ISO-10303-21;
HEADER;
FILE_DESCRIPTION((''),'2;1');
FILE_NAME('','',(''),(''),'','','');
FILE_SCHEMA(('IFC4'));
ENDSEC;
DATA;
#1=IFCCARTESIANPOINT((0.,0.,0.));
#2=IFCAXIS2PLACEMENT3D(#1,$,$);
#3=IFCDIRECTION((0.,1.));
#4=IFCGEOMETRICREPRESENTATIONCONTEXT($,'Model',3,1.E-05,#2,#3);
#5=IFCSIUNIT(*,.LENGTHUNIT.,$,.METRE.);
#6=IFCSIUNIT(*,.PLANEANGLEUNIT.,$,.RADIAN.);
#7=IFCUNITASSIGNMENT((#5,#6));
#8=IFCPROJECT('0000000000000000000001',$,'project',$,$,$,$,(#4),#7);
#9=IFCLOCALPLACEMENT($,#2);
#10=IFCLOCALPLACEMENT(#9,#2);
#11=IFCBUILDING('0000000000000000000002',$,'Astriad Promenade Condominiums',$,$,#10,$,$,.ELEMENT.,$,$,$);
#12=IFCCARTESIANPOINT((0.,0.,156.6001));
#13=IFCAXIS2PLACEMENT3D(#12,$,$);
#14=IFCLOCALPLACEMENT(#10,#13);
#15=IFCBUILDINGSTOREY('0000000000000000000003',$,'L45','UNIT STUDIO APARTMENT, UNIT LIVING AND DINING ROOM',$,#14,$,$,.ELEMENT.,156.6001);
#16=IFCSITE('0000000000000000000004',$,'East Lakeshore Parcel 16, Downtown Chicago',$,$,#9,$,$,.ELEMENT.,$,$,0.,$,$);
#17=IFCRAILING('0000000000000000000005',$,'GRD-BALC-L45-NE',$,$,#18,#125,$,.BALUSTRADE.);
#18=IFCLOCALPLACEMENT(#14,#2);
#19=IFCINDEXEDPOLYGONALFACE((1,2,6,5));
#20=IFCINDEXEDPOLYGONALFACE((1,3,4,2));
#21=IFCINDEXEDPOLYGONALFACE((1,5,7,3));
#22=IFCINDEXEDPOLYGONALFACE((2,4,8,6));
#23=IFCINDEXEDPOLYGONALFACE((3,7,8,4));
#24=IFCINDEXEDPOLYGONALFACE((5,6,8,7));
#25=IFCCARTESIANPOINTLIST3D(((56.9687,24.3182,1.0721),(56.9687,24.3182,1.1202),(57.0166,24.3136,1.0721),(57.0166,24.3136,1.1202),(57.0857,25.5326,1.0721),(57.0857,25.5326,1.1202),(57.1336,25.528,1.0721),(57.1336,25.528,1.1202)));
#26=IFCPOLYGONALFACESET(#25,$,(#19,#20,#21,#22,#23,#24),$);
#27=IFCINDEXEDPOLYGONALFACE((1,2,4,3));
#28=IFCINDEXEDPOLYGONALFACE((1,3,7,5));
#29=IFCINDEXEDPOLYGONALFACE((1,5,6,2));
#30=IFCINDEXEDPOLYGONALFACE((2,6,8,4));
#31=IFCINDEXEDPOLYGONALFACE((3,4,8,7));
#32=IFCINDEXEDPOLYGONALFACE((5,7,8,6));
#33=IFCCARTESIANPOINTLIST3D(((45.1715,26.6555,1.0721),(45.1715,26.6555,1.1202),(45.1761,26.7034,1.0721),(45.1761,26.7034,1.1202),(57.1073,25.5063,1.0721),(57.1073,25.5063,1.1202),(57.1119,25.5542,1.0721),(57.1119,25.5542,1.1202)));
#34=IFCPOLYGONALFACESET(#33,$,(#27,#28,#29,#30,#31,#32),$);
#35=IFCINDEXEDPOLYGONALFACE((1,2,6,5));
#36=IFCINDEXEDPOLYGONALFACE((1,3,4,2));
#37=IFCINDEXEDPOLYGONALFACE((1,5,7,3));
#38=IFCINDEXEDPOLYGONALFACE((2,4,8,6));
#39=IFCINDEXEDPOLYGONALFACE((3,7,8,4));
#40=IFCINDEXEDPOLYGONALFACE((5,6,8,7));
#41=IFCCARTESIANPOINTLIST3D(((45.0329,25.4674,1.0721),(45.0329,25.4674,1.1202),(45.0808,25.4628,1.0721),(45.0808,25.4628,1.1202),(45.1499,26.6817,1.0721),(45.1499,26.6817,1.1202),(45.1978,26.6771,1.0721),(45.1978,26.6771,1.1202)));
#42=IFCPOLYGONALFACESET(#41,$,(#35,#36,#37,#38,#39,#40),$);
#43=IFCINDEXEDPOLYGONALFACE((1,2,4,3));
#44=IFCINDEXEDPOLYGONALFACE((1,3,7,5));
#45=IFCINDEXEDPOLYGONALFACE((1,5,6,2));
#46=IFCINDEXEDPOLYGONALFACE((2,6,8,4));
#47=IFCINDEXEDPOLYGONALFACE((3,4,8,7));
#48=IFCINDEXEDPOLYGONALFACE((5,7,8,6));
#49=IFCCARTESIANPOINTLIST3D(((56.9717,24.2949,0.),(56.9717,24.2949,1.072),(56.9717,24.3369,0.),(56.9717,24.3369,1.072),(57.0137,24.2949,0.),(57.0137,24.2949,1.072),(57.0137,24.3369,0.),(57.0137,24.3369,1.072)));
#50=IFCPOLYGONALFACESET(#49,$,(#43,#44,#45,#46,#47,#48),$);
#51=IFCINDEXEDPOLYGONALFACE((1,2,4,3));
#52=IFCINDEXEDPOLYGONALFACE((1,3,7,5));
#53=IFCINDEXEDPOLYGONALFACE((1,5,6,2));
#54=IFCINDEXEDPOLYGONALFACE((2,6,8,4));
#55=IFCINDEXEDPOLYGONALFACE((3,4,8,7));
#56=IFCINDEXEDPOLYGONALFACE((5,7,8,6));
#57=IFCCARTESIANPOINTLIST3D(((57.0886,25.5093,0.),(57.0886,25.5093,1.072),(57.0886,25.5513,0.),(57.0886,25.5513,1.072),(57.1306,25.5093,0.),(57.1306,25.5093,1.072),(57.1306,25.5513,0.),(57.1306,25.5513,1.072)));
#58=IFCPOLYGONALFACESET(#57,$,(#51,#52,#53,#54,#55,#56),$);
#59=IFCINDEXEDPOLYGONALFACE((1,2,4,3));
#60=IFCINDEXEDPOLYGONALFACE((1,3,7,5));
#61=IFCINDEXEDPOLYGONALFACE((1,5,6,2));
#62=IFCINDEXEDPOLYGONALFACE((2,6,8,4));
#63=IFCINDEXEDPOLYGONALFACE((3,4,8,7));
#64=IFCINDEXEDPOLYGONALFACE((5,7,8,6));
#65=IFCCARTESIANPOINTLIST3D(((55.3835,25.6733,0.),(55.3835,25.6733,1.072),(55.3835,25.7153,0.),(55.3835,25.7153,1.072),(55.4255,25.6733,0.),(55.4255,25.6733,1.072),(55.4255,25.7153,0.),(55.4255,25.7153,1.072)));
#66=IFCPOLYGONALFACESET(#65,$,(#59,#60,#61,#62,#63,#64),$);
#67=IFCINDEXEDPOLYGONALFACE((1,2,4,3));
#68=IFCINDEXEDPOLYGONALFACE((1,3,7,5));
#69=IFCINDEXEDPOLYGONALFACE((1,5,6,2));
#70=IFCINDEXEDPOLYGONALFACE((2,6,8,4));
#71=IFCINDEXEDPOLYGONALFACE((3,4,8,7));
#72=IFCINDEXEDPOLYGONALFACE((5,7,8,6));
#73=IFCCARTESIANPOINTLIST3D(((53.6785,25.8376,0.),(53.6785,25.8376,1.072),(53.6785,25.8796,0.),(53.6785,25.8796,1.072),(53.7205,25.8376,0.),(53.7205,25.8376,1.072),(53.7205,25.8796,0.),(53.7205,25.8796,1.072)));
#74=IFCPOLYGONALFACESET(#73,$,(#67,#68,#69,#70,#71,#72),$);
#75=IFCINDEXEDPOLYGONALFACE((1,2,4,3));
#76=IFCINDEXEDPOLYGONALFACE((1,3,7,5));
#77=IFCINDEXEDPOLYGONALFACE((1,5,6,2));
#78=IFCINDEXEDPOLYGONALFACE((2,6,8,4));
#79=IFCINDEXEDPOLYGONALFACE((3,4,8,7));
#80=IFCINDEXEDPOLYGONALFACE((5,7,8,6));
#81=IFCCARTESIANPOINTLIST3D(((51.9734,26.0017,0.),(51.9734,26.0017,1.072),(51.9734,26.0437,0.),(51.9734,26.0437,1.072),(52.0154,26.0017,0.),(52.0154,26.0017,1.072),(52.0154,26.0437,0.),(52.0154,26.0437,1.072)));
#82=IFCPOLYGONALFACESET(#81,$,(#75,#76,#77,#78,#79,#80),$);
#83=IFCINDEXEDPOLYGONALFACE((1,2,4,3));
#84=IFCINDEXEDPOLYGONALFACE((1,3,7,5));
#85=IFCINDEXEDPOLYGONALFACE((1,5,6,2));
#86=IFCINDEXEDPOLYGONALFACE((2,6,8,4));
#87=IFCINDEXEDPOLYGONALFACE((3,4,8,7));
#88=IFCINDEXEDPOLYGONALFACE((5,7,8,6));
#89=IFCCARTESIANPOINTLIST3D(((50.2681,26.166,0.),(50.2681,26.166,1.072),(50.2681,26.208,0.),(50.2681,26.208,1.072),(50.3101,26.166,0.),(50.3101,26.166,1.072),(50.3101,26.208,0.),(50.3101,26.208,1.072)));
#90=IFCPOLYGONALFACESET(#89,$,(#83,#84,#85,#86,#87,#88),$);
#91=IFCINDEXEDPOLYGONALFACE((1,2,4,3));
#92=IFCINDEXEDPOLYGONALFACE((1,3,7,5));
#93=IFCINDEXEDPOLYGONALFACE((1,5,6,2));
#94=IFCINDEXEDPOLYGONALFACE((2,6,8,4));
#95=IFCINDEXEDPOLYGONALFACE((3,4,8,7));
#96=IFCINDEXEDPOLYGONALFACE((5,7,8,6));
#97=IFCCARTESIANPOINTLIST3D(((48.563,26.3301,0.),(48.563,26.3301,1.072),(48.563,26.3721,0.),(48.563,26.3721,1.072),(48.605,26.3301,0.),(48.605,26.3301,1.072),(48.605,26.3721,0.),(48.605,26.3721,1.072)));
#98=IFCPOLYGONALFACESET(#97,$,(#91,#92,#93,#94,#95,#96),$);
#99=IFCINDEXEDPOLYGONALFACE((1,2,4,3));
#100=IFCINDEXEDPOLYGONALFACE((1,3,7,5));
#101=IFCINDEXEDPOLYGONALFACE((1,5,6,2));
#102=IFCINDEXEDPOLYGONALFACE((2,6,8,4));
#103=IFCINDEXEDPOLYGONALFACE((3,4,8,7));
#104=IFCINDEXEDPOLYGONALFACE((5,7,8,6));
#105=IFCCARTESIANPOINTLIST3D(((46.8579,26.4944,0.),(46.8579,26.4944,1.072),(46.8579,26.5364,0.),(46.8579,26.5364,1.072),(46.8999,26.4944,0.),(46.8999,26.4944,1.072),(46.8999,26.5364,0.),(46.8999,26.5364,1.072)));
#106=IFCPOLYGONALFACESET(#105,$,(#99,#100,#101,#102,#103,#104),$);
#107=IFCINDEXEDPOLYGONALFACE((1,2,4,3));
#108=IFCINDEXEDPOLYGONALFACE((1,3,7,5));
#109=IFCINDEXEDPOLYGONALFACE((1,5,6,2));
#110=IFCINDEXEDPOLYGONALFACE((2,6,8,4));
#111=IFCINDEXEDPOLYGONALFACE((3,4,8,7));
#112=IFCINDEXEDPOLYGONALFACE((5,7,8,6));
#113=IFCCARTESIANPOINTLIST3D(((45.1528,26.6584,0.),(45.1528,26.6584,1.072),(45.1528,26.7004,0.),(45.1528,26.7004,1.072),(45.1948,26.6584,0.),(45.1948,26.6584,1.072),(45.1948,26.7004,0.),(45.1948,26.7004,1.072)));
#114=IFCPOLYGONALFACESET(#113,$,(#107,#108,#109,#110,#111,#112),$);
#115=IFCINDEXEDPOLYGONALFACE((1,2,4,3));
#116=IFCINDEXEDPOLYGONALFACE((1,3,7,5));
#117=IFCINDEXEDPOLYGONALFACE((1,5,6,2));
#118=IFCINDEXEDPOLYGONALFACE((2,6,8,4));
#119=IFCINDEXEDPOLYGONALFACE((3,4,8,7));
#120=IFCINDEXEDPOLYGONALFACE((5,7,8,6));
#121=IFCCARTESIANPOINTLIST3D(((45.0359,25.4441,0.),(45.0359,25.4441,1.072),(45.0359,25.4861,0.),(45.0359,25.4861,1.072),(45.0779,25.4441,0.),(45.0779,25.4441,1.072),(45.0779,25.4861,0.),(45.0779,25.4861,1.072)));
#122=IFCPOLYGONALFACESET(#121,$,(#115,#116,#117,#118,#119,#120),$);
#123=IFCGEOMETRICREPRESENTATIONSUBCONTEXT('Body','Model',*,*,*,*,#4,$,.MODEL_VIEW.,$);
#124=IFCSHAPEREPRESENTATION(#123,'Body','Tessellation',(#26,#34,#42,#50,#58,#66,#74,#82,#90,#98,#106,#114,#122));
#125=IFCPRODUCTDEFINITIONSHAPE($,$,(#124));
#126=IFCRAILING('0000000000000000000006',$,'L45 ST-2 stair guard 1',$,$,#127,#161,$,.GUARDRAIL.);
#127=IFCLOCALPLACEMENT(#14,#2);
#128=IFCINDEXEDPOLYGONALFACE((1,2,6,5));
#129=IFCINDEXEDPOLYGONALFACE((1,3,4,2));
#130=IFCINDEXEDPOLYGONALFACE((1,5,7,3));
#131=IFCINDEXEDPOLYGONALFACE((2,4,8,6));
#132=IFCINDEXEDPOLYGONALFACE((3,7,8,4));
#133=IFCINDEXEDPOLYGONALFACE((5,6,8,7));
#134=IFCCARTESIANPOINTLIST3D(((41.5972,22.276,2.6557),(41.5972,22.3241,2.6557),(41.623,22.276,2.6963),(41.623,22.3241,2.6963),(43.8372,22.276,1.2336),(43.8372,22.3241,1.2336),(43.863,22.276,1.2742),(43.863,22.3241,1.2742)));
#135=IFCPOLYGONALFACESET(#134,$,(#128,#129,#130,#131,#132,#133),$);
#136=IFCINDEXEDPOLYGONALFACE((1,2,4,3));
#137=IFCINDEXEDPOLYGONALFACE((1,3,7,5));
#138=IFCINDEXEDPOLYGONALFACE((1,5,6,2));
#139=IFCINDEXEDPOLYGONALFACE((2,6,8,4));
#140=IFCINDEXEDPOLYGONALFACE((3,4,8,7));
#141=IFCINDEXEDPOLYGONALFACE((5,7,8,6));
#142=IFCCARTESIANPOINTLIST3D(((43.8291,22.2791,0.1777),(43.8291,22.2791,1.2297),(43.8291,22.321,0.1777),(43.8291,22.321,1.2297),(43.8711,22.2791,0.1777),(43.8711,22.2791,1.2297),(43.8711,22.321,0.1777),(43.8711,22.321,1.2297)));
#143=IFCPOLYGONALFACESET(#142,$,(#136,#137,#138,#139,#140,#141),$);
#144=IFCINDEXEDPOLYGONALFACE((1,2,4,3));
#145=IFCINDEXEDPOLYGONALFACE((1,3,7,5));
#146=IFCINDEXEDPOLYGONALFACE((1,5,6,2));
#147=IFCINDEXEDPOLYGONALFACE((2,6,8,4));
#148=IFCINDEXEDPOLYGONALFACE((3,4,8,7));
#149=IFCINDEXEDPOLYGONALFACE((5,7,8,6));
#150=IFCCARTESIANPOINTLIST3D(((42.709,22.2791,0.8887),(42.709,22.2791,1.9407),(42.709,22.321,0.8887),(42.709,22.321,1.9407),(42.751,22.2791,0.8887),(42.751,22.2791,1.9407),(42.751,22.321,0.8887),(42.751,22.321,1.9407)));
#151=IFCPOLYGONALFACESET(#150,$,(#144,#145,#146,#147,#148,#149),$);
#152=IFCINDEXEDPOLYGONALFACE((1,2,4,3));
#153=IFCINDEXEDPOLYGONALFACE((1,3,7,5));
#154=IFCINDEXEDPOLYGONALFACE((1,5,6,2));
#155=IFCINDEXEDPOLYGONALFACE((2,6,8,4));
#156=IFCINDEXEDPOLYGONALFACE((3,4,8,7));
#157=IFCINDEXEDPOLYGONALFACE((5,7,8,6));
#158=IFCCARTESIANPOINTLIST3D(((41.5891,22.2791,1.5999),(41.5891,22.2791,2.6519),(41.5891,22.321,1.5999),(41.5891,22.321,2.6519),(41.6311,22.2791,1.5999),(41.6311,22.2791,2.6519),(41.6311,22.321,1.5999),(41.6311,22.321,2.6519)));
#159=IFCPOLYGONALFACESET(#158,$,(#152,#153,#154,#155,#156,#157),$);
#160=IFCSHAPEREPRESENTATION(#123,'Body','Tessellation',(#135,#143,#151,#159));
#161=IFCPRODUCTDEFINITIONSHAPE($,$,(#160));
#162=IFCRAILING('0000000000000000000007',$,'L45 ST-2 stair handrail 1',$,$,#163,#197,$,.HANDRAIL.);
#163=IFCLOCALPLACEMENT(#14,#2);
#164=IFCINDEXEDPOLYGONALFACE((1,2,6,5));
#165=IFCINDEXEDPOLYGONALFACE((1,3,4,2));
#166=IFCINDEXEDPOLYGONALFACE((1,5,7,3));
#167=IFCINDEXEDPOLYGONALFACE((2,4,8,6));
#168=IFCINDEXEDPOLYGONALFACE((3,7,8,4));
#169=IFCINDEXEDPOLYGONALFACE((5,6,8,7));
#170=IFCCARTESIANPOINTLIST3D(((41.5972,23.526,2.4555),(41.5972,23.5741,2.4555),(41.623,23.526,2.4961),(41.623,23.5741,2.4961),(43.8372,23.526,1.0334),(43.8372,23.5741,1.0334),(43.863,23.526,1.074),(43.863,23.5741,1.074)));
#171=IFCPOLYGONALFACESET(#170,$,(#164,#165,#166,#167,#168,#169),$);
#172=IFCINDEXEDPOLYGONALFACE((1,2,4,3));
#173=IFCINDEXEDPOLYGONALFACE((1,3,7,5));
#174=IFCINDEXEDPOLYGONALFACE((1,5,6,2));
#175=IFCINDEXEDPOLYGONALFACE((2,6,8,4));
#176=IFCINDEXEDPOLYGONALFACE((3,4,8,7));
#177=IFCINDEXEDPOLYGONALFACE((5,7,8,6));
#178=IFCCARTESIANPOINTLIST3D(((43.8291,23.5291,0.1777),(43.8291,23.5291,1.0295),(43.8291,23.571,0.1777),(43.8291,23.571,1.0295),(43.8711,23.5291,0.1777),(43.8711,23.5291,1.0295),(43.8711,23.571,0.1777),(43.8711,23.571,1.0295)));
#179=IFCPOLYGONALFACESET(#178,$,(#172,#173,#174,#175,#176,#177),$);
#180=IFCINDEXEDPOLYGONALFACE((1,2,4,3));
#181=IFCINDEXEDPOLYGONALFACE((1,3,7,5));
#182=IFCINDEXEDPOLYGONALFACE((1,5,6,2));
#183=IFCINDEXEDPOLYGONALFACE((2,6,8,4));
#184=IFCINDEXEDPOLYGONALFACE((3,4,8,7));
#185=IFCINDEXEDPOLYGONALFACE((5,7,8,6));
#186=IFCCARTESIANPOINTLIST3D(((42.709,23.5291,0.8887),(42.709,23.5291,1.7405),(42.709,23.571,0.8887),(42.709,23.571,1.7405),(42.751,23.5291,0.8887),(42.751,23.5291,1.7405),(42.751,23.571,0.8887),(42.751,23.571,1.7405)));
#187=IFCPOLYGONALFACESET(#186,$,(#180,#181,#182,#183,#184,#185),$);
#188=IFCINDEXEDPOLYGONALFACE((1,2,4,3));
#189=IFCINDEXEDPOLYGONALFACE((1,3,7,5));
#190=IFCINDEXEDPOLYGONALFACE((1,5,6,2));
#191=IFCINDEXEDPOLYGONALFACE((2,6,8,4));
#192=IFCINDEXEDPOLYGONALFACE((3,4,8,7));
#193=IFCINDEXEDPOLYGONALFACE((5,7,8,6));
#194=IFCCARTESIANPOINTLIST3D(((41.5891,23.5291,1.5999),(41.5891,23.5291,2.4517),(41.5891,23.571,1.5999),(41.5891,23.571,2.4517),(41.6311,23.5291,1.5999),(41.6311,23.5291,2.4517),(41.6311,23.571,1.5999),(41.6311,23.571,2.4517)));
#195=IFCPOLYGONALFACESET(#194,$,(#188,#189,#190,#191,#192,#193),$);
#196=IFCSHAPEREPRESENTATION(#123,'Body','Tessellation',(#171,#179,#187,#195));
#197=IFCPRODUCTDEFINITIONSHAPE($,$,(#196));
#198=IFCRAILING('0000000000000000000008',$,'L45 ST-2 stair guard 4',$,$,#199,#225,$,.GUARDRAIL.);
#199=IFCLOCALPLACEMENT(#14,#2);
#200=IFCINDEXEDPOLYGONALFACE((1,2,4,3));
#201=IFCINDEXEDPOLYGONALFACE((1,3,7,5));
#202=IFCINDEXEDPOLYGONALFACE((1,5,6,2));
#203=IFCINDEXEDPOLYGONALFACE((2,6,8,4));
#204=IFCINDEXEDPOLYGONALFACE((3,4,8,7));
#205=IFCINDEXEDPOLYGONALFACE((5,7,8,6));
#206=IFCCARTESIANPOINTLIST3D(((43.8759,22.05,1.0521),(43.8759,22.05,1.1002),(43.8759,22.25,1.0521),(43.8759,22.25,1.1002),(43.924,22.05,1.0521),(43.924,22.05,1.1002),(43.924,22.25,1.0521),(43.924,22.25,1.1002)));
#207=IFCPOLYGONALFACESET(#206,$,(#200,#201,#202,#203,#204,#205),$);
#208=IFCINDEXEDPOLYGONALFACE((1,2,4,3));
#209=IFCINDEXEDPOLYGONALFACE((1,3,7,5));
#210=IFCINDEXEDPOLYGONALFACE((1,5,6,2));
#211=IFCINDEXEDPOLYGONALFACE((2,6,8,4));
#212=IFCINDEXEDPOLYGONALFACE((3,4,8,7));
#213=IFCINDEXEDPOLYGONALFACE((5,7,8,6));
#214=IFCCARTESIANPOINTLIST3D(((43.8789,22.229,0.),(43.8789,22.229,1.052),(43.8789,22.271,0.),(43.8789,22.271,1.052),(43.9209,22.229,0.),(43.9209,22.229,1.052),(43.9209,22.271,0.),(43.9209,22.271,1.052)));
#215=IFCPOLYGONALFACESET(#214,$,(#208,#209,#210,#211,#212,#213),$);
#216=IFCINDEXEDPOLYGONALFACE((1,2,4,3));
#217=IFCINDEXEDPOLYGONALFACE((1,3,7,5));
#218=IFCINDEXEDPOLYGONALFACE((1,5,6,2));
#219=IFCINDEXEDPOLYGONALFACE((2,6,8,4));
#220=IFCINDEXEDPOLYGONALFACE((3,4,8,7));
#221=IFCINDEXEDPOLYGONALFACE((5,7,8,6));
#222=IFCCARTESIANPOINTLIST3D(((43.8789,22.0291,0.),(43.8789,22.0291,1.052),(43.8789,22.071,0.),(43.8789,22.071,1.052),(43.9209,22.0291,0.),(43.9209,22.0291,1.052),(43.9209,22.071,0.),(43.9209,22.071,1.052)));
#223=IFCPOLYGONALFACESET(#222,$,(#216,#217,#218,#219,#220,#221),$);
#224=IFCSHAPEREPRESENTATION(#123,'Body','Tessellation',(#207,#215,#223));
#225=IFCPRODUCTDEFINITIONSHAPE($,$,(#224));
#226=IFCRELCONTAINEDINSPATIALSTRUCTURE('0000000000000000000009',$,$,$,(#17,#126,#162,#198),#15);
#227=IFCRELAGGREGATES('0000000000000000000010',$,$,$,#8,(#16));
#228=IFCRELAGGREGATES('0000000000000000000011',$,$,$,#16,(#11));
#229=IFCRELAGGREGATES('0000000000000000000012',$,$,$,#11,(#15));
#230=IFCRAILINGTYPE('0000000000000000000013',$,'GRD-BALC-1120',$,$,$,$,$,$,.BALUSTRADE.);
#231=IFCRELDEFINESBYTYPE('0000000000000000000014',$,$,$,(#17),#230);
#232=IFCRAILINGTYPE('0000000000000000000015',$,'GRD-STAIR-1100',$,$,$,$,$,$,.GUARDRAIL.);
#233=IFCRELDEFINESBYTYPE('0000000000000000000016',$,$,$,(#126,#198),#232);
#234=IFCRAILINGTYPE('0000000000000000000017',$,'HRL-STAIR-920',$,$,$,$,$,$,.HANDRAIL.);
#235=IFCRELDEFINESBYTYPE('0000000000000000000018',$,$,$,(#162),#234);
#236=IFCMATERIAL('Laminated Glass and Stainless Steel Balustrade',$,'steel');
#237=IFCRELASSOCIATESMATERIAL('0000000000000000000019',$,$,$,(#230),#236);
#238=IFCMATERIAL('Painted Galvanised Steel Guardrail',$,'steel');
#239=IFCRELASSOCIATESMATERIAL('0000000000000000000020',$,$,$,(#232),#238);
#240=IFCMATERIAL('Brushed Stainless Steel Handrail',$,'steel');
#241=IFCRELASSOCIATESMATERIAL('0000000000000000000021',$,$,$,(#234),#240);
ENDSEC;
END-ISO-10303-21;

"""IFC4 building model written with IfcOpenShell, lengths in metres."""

from ifc_helpers import new_model, si_unit, direction, frame, origin, origin_2d, place, context, subcontext, project, spatial, rectangle, extrude, source, transform, mapped, material, type_object, type_shapes, element, save


model = new_model("IFC4")

# Units and contexts
model_context = context("Model", 3, precision=1e-05, world=origin(), true_north=direction((0.0, 1.0)))
body_context = subcontext(model_context, "Body", "Model", "MODEL_VIEW")
ifc_project = project(units=[si_unit("LENGTHUNIT", "METRE"), si_unit("PLANEANGLEUNIT", "RADIAN")], contexts=[model_context])

# Site, building, storey
site_placement = place(None, origin())
site = spatial("IfcSite", under=ifc_project, at=site_placement, Name="East Lakeshore Parcel 16, Downtown Chicago", CompositionType="ELEMENT", RefElevation=0.0)
building_placement = place(site_placement, origin())
building = spatial("IfcBuilding", under=site, at=building_placement, Name="Astriad Promenade Condominiums", CompositionType="ELEMENT")
storey_placement = place(building_placement, frame((0.0, 0.0, 156.6001)))
storey = spatial("IfcBuildingStorey", under=building, at=storey_placement, Name="L45", Description="UNIT STUDIO APARTMENT, UNIT LIVING AND DINING ROOM", CompositionType="ELEMENT", Elevation=156.6001)

# Railings
ifc_material_1 = material(Name="Laminated Glass and Stainless Steel Balustrade", Category="steel")
railing_type_1 = type_object("IfcRailingType", Name="GRD-BALC-1120", PredefinedType="BALUSTRADE", material=ifc_material_1)
shared_shape_1 = source(origin(), body_context, "Body", "SweptSolid", [
    extrude(rectangle(XDim=0.0481, YDim=0.0481, at=origin_2d()), frame((0.0, 0.0, 1.0962), z_axis=(0.095857, 0.995395, 0.0), x_axis=(-0.995395, 0.095857, 0.0)), (0.0, 0.0, 1.0), 1.22),
    extrude(rectangle(XDim=0.0481, YDim=0.0481, at=origin_2d()), frame((0.1169, 1.2144, 1.0962), z_axis=(-0.995397, 0.095836, 0.0), x_axis=(-0.095836, -0.995397, 0.0)), (0.0, 0.0, 1.0), 11.991),
    extrude(rectangle(XDim=0.0481, YDim=0.0481, at=origin_2d()), frame((-11.8188, 2.3635, 1.0962), z_axis=(-0.095857, -0.995395, 0.0), x_axis=(0.995395, -0.095857, 0.0)), (0.0, 0.0, 1.0), 1.22),
    extrude(rectangle(XDim=0.042, YDim=0.042, at=origin_2d()), origin(), (0.0, 0.0, 1.0), 1.072),
    extrude(rectangle(XDim=0.042, YDim=0.042, at=origin_2d()), frame((0.1169, 1.2144, 0.0)), (0.0, 0.0, 1.0), 1.072),
    extrude(rectangle(XDim=0.042, YDim=0.042, at=origin_2d()), frame((-1.5881, 1.3784, 0.0)), (0.0, 0.0, 1.0), 1.072),
    extrude(rectangle(XDim=0.042, YDim=0.042, at=origin_2d()), frame((-3.2932, 1.5427, 0.0)), (0.0, 0.0, 1.0), 1.072),
    extrude(rectangle(XDim=0.042, YDim=0.042, at=origin_2d()), frame((-4.9983, 1.7068, 0.0)), (0.0, 0.0, 1.0), 1.072),
    extrude(rectangle(XDim=0.042, YDim=0.042, at=origin_2d()), frame((-6.7036, 1.8711, 0.0)), (0.0, 0.0, 1.0), 1.072),
    extrude(rectangle(XDim=0.042, YDim=0.042, at=origin_2d()), frame((-8.4087, 2.0352, 0.0)), (0.0, 0.0, 1.0), 1.072),
    extrude(rectangle(XDim=0.042, YDim=0.042, at=origin_2d()), frame((-10.1138, 2.1995, 0.0)), (0.0, 0.0, 1.0), 1.072),
    extrude(rectangle(XDim=0.042, YDim=0.042, at=origin_2d()), frame((-11.8188, 2.3635, 0.0)), (0.0, 0.0, 1.0), 1.072),
    extrude(rectangle(XDim=0.042, YDim=0.042, at=origin_2d()), frame((-11.9358, 1.1492, 0.0)), (0.0, 0.0, 1.0), 1.072),
])
type_shapes(railing_type_1, [shared_shape_1])
railing_1_placement = place(storey_placement, frame((56.9927, 24.3159, 0.0)))
element("IfcRailing", 1, at=railing_1_placement, inside=storey, type_object=railing_type_1, Name="GRD-BALC-L45-NE", PredefinedType="BALUSTRADE", context=body_context, shape_type="MappedRepresentation", body=[
    mapped(shared_shape_1, transform((0.0, 0.0, 0.0), scale=1.0)),
])
ifc_material_2 = material(Name="Painted Galvanised Steel Guardrail", Category="steel")
railing_type_2 = type_object("IfcRailingType", Name="GRD-STAIR-1100", PredefinedType="GUARDRAIL", material=ifc_material_2)
shared_shape_2 = source(origin(), body_context, "Body", "SweptSolid", [
    extrude(rectangle(XDim=0.0481, YDim=0.0481, at=origin_2d()), frame((0.0, 0.0, 1.0762), z_axis=(-0.844229, 0.0, 0.535982), x_axis=(0.0, -1.0, 0.0)), (0.0, 0.0, 1.0), 2.6533),
    extrude(rectangle(XDim=0.042, YDim=0.042, at=origin_2d()), origin(), (0.0, 0.0, 1.0), 1.052),
    extrude(rectangle(XDim=0.042, YDim=0.042, at=origin_2d()), frame((-1.1201, 0.0, 0.7109)), (0.0, 0.0, 1.0), 1.052),
    extrude(rectangle(XDim=0.042, YDim=0.042, at=origin_2d()), frame((-2.24, 0.0, 1.4221)), (0.0, 0.0, 1.0), 1.052),
])
railing_2_placement = place(storey_placement, frame((43.8501, 22.3, 0.1777)))
element("IfcRailing", 2, at=railing_2_placement, inside=storey, type_object=railing_type_2, Name="L45 ST-2 stair guard 1", PredefinedType="GUARDRAIL", context=body_context, shape_type="MappedRepresentation", body=[
    mapped(shared_shape_2, transform((0.0, 0.0, 0.0), scale=1.0)),
])
ifc_material_3 = material(Name="Brushed Stainless Steel Handrail", Category="steel")
railing_type_3 = type_object("IfcRailingType", Name="HRL-STAIR-920", PredefinedType="HANDRAIL", material=ifc_material_3)
shared_shape_3 = source(origin(), body_context, "Body", "SweptSolid", [
    extrude(rectangle(XDim=0.0481, YDim=0.0481, at=origin_2d()), frame((0.0, 0.0, 0.876), z_axis=(-0.844229, 0.0, 0.535982), x_axis=(0.0, -1.0, 0.0)), (0.0, 0.0, 1.0), 2.6533),
    extrude(rectangle(XDim=0.042, YDim=0.042, at=origin_2d()), origin(), (0.0, 0.0, 1.0), 0.8518),
    extrude(rectangle(XDim=0.042, YDim=0.042, at=origin_2d()), frame((-1.1201, 0.0, 0.7109)), (0.0, 0.0, 1.0), 0.8518),
    extrude(rectangle(XDim=0.042, YDim=0.042, at=origin_2d()), frame((-2.24, 0.0, 1.4221)), (0.0, 0.0, 1.0), 0.8518),
])
type_shapes(railing_type_3, [shared_shape_3])
railing_3_placement = place(storey_placement, frame((43.8501, 23.55, 0.1777)))
element("IfcRailing", 3, at=railing_3_placement, inside=storey, type_object=railing_type_3, Name="L45 ST-2 stair handrail 1", PredefinedType="HANDRAIL", context=body_context, shape_type="MappedRepresentation", body=[
    mapped(shared_shape_3, transform((0.0, 0.0, 0.0), scale=1.0)),
])
shared_shape_4 = source(origin(), body_context, "Body", "SweptSolid", [
    extrude(rectangle(XDim=0.0481, YDim=0.0481, at=origin_2d()), frame((0.0, 0.0, 1.0762), z_axis=(0.0, -1.0, 0.0), x_axis=(1.0, 0.0, 0.0)), (0.0, 0.0, 1.0), 0.2),
    extrude(rectangle(XDim=0.042, YDim=0.042, at=origin_2d()), origin(), (0.0, 0.0, 1.0), 1.052),
    extrude(rectangle(XDim=0.042, YDim=0.042, at=origin_2d()), frame((0.0, -0.2, 0.0)), (0.0, 0.0, 1.0), 1.052),
])
type_shapes(railing_type_2, [shared_shape_2, shared_shape_4])
railing_4_placement = place(storey_placement, frame((43.8999, 22.25, 0.0)))
element("IfcRailing", 4, at=railing_4_placement, inside=storey, type_object=railing_type_2, Name="L45 ST-2 stair guard 4", PredefinedType="GUARDRAIL", context=body_context, shape_type="MappedRepresentation", body=[
    mapped(shared_shape_4, transform((0.0, 0.0, 0.0), scale=1.0)),
])

save(model, "model.ifc")
